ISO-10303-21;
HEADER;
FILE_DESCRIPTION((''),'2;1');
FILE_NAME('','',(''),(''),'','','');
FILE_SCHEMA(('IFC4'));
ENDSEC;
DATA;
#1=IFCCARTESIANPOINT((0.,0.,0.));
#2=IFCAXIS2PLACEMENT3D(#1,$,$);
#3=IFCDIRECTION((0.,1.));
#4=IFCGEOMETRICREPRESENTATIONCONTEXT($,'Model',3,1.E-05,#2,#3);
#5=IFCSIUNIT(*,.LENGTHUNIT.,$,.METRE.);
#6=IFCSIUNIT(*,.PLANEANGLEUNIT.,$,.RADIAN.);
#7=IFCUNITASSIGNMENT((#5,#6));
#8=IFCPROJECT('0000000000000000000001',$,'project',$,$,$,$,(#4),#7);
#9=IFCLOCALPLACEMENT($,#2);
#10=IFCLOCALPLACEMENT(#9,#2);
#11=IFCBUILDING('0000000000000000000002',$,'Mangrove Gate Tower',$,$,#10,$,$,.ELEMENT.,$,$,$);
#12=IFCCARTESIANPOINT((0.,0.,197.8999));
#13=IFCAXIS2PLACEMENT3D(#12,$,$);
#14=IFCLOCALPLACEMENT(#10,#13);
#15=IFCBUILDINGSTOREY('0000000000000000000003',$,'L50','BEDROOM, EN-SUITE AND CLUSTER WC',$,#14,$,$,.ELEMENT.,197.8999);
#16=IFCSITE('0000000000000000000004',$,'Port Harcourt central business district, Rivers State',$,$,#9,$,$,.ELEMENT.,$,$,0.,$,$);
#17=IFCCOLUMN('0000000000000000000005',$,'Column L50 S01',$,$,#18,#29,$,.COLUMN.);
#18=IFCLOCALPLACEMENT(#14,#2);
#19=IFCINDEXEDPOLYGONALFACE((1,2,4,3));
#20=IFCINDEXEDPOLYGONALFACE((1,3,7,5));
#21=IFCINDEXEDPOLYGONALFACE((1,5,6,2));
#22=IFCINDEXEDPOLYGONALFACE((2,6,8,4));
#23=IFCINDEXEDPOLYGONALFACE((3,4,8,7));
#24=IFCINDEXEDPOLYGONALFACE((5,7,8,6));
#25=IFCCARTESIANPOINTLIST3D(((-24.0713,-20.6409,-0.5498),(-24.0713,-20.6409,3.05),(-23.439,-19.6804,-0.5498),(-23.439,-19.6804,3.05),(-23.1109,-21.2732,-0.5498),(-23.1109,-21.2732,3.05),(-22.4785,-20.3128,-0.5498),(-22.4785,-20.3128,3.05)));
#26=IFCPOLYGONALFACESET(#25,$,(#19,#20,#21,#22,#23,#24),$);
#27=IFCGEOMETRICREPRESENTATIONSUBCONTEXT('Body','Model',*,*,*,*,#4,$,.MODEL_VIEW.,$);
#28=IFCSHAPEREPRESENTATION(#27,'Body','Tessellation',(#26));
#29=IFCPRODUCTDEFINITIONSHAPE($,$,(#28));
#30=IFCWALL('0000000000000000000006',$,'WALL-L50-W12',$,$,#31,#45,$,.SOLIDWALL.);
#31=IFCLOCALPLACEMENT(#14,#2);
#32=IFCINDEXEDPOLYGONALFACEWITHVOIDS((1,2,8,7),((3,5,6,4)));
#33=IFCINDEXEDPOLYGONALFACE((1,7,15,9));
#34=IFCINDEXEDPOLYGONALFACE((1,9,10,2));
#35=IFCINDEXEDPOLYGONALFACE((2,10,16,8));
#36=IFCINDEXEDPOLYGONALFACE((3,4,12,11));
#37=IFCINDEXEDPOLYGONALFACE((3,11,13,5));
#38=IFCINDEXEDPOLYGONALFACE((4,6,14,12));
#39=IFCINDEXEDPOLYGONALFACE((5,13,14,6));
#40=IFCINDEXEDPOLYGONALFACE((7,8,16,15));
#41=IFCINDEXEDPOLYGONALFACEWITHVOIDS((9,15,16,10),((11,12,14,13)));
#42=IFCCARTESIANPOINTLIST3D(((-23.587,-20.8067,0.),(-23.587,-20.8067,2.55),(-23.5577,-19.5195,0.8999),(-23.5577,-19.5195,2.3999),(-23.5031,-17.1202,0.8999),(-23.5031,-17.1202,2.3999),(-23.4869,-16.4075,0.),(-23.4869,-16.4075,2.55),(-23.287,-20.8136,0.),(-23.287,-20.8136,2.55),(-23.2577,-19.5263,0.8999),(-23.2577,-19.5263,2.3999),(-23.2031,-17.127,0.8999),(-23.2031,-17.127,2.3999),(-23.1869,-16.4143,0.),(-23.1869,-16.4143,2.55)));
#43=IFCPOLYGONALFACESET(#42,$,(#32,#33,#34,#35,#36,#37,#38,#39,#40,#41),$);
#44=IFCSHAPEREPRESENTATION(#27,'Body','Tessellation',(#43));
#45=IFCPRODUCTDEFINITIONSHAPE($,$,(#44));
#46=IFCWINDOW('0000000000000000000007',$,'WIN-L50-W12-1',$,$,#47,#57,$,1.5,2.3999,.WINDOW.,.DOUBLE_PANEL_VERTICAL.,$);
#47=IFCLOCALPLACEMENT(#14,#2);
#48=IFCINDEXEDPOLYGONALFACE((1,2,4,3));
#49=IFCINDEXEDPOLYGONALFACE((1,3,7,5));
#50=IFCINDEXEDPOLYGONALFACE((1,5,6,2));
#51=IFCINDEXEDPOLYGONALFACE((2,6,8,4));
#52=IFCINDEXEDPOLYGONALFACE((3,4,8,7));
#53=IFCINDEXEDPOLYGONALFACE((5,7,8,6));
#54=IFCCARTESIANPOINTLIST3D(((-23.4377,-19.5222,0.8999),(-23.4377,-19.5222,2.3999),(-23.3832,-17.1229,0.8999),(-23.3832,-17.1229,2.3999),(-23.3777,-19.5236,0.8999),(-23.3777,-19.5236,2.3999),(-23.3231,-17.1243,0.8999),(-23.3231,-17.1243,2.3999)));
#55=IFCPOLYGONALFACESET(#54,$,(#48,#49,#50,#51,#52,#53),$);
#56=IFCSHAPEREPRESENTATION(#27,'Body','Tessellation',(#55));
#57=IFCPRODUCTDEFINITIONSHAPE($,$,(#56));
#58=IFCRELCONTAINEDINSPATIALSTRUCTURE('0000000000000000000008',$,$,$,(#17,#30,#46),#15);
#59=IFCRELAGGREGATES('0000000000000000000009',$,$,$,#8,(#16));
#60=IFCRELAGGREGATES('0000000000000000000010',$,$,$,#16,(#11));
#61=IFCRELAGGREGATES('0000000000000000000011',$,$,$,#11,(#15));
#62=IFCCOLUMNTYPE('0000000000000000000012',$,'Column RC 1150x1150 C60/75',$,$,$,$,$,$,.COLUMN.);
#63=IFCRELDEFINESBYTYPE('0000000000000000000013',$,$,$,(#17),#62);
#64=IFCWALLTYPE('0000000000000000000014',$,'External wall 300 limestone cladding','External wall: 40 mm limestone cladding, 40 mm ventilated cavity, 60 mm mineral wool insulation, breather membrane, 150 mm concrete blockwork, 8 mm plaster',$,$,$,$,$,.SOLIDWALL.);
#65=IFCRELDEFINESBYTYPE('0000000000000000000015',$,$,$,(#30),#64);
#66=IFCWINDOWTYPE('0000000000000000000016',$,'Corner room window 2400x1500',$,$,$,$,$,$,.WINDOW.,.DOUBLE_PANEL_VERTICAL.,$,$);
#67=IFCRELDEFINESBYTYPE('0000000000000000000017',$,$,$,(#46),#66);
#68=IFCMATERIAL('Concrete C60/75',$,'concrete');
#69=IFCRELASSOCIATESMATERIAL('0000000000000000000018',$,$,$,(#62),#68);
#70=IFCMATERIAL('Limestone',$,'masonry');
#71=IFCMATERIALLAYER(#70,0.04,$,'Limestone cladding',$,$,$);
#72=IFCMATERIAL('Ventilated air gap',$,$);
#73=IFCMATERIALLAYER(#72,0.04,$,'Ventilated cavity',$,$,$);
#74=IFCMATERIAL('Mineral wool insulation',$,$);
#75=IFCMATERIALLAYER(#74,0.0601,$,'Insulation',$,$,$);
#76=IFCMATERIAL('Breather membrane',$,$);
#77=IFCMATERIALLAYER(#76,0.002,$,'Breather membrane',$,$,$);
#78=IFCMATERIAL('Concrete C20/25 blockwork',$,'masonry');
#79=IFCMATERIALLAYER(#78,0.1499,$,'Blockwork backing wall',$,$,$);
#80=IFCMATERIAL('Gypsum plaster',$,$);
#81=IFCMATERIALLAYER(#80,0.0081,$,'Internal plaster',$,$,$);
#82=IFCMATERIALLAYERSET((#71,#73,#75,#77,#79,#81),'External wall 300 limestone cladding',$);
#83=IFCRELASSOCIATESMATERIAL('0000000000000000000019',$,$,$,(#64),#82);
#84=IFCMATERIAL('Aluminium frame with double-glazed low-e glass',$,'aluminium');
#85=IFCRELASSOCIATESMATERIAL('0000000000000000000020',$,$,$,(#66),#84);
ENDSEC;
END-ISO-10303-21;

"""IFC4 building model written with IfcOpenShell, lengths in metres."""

from ifc_helpers import new_model, si_unit, direction, frame, frame_2d, origin, origin_2d, place, context, subcontext, project, spatial, rectangle, extrude, material, layer, layer_set, material_profile, profile_set, type_object, element, fill, save


model = new_model("IFC4")

# Units and contexts
model_context = context("Model", 3, precision=1e-05, world=origin(), true_north=direction((0.0, 1.0)))
body_context = subcontext(model_context, "Body", "Model", "MODEL_VIEW")
ifc_project = project(units=[si_unit("LENGTHUNIT", "METRE"), si_unit("PLANEANGLEUNIT", "RADIAN")], contexts=[model_context])

# Site, building, storey
site_placement = place(None, origin())
site = spatial("IfcSite", under=ifc_project, at=site_placement, Name="Port Harcourt central business district, Rivers State", CompositionType="ELEMENT", RefElevation=0.0)
building_placement = place(site_placement, origin())
building = spatial("IfcBuilding", under=site, at=building_placement, Name="Mangrove Gate Tower", CompositionType="ELEMENT")
storey_placement = place(building_placement, frame((0.0, 0.0, 197.8999)))
storey = spatial("IfcBuildingStorey", under=building, at=storey_placement, Name="L50", Description="BEDROOM, EN-SUITE AND CLUSTER WC", CompositionType="ELEMENT", Elevation=197.8999)

# Column
ifc_material_1 = material(Name="Concrete C60/75", Category="concrete")
ifc_material_profile = material_profile(ifc_material_1, rectangle(XDim=1.1499, YDim=1.1499, at=origin_2d()))
ifc_profile_set = profile_set([ifc_material_profile], Name="Concrete C60/75")
column_type = type_object("IfcColumnType", Name="Column RC 1150x1150 C60/75", PredefinedType="COLUMN", material=ifc_profile_set)
column_placement = place(storey_placement, frame((-23.2749, -20.4768, -0.5498), z_axis=(0.0, 0.0, 1.0), x_axis=(0.835229, -0.549902, 0.0)))
element("IfcColumn", 1, at=column_placement, inside=storey, type_object=column_type, Name="Column L50 S01", PredefinedType="COLUMN", context=body_context, shape_type="SweptSolid", body=[
    extrude(rectangle(XDim=1.1499, YDim=1.1499, at=origin_2d()), origin(), (0.0, 0.0, 1.0), 3.5999),
])

# Wall, opening, window
ifc_material_2 = material(Name="Limestone", Category="masonry")
ifc_layer_1 = layer(ifc_material_2, 0.04, Name="Limestone cladding")
ifc_material_3 = material(Name="Ventilated air gap")
ifc_layer_2 = layer(ifc_material_3, 0.04, Name="Ventilated cavity")
ifc_material_4 = material(Name="Mineral wool insulation")
ifc_layer_3 = layer(ifc_material_4, 0.0601, Name="Insulation")
ifc_material_5 = material(Name="Breather membrane")
ifc_layer_4 = layer(ifc_material_5, 0.002, Name="Breather membrane")
ifc_material_6 = material(Name="Concrete C20/25 blockwork", Category="masonry")
ifc_layer_5 = layer(ifc_material_6, 0.1499, Name="Blockwork backing wall")
ifc_material_7 = material(Name="Gypsum plaster")
ifc_layer_6 = layer(ifc_material_7, 0.0081, Name="Internal plaster")
ifc_layer_set = layer_set([ifc_layer_1, ifc_layer_2, ifc_layer_3, ifc_layer_4, ifc_layer_5, ifc_layer_6], Name="External wall 300 limestone cladding")
wall_type = type_object("IfcWallType", Name="External wall 300 limestone cladding", Description="External wall: 40 mm limestone cladding, 40 mm ventilated cavity, 60 mm mineral wool insulation, breather membrane, 150 mm concrete blockwork, 8 mm plaster", PredefinedType="SOLIDWALL", material=ifc_layer_set)
wall_1_placement = place(storey_placement, frame((-23.3369, -16.4109, 0.0), z_axis=(0.0, 0.0, 1.0), x_axis=(-0.022748, -0.999741, 0.0)))
wall_1 = element("IfcWall", 2, at=wall_1_placement, inside=storey, type_object=wall_type, Name="WALL-L50-W12", PredefinedType="SOLIDWALL", context=body_context, shape_type="SweptSolid", body=[
    extrude(rectangle(XDim=4.4004, YDim=0.3, at=frame_2d((2.2002, 0.0))), origin(), (0.0, 0.0, 1.0), 2.55),
])
opening_1_placement = place(wall_1_placement, frame((0.7129, 0.0, 0.8999)))
opening_1 = element("IfcOpeningElement", 3, at=opening_1_placement, cuts=wall_1, PredefinedType="OPENING", context=body_context, shape_type="SweptSolid", body=[
    extrude(rectangle(XDim=2.3999, YDim=1.5, at=frame_2d((1.2, 0.75))), frame((0.0, 0.1599, 0.0), z_axis=(0.0, -1.0, 0.0), x_axis=(1.0, 0.0, 0.0)), (0.0, 0.0, 1.0), 0.3201),
])
ifc_material_8 = material(Name="Aluminium frame with double-glazed low-e glass", Category="aluminium")
window_type = type_object("IfcWindowType", Name="Corner room window 2400x1500", PartitioningType="DOUBLE_PANEL_VERTICAL", PredefinedType="WINDOW", material=ifc_material_8)
window_1_placement = place(opening_1_placement, origin())
window_1 = element("IfcWindow", 4, at=window_1_placement, inside=storey, type_object=window_type, Name="WIN-L50-W12-1", OverallHeight=1.5, OverallWidth=2.3999, PartitioningType="DOUBLE_PANEL_VERTICAL", PredefinedType="WINDOW", context=body_context, shape_type="SweptSolid", body=[
    extrude(rectangle(XDim=2.3999, YDim=1.5, at=frame_2d((1.2, 0.75))), frame((0.0, 0.03, 0.0), z_axis=(0.0, -1.0, 0.0), x_axis=(1.0, 0.0, 0.0)), (0.0, 0.0, 1.0), 0.0601),
])
fill(opening_1, window_1)

save(model, "model.ifc")
